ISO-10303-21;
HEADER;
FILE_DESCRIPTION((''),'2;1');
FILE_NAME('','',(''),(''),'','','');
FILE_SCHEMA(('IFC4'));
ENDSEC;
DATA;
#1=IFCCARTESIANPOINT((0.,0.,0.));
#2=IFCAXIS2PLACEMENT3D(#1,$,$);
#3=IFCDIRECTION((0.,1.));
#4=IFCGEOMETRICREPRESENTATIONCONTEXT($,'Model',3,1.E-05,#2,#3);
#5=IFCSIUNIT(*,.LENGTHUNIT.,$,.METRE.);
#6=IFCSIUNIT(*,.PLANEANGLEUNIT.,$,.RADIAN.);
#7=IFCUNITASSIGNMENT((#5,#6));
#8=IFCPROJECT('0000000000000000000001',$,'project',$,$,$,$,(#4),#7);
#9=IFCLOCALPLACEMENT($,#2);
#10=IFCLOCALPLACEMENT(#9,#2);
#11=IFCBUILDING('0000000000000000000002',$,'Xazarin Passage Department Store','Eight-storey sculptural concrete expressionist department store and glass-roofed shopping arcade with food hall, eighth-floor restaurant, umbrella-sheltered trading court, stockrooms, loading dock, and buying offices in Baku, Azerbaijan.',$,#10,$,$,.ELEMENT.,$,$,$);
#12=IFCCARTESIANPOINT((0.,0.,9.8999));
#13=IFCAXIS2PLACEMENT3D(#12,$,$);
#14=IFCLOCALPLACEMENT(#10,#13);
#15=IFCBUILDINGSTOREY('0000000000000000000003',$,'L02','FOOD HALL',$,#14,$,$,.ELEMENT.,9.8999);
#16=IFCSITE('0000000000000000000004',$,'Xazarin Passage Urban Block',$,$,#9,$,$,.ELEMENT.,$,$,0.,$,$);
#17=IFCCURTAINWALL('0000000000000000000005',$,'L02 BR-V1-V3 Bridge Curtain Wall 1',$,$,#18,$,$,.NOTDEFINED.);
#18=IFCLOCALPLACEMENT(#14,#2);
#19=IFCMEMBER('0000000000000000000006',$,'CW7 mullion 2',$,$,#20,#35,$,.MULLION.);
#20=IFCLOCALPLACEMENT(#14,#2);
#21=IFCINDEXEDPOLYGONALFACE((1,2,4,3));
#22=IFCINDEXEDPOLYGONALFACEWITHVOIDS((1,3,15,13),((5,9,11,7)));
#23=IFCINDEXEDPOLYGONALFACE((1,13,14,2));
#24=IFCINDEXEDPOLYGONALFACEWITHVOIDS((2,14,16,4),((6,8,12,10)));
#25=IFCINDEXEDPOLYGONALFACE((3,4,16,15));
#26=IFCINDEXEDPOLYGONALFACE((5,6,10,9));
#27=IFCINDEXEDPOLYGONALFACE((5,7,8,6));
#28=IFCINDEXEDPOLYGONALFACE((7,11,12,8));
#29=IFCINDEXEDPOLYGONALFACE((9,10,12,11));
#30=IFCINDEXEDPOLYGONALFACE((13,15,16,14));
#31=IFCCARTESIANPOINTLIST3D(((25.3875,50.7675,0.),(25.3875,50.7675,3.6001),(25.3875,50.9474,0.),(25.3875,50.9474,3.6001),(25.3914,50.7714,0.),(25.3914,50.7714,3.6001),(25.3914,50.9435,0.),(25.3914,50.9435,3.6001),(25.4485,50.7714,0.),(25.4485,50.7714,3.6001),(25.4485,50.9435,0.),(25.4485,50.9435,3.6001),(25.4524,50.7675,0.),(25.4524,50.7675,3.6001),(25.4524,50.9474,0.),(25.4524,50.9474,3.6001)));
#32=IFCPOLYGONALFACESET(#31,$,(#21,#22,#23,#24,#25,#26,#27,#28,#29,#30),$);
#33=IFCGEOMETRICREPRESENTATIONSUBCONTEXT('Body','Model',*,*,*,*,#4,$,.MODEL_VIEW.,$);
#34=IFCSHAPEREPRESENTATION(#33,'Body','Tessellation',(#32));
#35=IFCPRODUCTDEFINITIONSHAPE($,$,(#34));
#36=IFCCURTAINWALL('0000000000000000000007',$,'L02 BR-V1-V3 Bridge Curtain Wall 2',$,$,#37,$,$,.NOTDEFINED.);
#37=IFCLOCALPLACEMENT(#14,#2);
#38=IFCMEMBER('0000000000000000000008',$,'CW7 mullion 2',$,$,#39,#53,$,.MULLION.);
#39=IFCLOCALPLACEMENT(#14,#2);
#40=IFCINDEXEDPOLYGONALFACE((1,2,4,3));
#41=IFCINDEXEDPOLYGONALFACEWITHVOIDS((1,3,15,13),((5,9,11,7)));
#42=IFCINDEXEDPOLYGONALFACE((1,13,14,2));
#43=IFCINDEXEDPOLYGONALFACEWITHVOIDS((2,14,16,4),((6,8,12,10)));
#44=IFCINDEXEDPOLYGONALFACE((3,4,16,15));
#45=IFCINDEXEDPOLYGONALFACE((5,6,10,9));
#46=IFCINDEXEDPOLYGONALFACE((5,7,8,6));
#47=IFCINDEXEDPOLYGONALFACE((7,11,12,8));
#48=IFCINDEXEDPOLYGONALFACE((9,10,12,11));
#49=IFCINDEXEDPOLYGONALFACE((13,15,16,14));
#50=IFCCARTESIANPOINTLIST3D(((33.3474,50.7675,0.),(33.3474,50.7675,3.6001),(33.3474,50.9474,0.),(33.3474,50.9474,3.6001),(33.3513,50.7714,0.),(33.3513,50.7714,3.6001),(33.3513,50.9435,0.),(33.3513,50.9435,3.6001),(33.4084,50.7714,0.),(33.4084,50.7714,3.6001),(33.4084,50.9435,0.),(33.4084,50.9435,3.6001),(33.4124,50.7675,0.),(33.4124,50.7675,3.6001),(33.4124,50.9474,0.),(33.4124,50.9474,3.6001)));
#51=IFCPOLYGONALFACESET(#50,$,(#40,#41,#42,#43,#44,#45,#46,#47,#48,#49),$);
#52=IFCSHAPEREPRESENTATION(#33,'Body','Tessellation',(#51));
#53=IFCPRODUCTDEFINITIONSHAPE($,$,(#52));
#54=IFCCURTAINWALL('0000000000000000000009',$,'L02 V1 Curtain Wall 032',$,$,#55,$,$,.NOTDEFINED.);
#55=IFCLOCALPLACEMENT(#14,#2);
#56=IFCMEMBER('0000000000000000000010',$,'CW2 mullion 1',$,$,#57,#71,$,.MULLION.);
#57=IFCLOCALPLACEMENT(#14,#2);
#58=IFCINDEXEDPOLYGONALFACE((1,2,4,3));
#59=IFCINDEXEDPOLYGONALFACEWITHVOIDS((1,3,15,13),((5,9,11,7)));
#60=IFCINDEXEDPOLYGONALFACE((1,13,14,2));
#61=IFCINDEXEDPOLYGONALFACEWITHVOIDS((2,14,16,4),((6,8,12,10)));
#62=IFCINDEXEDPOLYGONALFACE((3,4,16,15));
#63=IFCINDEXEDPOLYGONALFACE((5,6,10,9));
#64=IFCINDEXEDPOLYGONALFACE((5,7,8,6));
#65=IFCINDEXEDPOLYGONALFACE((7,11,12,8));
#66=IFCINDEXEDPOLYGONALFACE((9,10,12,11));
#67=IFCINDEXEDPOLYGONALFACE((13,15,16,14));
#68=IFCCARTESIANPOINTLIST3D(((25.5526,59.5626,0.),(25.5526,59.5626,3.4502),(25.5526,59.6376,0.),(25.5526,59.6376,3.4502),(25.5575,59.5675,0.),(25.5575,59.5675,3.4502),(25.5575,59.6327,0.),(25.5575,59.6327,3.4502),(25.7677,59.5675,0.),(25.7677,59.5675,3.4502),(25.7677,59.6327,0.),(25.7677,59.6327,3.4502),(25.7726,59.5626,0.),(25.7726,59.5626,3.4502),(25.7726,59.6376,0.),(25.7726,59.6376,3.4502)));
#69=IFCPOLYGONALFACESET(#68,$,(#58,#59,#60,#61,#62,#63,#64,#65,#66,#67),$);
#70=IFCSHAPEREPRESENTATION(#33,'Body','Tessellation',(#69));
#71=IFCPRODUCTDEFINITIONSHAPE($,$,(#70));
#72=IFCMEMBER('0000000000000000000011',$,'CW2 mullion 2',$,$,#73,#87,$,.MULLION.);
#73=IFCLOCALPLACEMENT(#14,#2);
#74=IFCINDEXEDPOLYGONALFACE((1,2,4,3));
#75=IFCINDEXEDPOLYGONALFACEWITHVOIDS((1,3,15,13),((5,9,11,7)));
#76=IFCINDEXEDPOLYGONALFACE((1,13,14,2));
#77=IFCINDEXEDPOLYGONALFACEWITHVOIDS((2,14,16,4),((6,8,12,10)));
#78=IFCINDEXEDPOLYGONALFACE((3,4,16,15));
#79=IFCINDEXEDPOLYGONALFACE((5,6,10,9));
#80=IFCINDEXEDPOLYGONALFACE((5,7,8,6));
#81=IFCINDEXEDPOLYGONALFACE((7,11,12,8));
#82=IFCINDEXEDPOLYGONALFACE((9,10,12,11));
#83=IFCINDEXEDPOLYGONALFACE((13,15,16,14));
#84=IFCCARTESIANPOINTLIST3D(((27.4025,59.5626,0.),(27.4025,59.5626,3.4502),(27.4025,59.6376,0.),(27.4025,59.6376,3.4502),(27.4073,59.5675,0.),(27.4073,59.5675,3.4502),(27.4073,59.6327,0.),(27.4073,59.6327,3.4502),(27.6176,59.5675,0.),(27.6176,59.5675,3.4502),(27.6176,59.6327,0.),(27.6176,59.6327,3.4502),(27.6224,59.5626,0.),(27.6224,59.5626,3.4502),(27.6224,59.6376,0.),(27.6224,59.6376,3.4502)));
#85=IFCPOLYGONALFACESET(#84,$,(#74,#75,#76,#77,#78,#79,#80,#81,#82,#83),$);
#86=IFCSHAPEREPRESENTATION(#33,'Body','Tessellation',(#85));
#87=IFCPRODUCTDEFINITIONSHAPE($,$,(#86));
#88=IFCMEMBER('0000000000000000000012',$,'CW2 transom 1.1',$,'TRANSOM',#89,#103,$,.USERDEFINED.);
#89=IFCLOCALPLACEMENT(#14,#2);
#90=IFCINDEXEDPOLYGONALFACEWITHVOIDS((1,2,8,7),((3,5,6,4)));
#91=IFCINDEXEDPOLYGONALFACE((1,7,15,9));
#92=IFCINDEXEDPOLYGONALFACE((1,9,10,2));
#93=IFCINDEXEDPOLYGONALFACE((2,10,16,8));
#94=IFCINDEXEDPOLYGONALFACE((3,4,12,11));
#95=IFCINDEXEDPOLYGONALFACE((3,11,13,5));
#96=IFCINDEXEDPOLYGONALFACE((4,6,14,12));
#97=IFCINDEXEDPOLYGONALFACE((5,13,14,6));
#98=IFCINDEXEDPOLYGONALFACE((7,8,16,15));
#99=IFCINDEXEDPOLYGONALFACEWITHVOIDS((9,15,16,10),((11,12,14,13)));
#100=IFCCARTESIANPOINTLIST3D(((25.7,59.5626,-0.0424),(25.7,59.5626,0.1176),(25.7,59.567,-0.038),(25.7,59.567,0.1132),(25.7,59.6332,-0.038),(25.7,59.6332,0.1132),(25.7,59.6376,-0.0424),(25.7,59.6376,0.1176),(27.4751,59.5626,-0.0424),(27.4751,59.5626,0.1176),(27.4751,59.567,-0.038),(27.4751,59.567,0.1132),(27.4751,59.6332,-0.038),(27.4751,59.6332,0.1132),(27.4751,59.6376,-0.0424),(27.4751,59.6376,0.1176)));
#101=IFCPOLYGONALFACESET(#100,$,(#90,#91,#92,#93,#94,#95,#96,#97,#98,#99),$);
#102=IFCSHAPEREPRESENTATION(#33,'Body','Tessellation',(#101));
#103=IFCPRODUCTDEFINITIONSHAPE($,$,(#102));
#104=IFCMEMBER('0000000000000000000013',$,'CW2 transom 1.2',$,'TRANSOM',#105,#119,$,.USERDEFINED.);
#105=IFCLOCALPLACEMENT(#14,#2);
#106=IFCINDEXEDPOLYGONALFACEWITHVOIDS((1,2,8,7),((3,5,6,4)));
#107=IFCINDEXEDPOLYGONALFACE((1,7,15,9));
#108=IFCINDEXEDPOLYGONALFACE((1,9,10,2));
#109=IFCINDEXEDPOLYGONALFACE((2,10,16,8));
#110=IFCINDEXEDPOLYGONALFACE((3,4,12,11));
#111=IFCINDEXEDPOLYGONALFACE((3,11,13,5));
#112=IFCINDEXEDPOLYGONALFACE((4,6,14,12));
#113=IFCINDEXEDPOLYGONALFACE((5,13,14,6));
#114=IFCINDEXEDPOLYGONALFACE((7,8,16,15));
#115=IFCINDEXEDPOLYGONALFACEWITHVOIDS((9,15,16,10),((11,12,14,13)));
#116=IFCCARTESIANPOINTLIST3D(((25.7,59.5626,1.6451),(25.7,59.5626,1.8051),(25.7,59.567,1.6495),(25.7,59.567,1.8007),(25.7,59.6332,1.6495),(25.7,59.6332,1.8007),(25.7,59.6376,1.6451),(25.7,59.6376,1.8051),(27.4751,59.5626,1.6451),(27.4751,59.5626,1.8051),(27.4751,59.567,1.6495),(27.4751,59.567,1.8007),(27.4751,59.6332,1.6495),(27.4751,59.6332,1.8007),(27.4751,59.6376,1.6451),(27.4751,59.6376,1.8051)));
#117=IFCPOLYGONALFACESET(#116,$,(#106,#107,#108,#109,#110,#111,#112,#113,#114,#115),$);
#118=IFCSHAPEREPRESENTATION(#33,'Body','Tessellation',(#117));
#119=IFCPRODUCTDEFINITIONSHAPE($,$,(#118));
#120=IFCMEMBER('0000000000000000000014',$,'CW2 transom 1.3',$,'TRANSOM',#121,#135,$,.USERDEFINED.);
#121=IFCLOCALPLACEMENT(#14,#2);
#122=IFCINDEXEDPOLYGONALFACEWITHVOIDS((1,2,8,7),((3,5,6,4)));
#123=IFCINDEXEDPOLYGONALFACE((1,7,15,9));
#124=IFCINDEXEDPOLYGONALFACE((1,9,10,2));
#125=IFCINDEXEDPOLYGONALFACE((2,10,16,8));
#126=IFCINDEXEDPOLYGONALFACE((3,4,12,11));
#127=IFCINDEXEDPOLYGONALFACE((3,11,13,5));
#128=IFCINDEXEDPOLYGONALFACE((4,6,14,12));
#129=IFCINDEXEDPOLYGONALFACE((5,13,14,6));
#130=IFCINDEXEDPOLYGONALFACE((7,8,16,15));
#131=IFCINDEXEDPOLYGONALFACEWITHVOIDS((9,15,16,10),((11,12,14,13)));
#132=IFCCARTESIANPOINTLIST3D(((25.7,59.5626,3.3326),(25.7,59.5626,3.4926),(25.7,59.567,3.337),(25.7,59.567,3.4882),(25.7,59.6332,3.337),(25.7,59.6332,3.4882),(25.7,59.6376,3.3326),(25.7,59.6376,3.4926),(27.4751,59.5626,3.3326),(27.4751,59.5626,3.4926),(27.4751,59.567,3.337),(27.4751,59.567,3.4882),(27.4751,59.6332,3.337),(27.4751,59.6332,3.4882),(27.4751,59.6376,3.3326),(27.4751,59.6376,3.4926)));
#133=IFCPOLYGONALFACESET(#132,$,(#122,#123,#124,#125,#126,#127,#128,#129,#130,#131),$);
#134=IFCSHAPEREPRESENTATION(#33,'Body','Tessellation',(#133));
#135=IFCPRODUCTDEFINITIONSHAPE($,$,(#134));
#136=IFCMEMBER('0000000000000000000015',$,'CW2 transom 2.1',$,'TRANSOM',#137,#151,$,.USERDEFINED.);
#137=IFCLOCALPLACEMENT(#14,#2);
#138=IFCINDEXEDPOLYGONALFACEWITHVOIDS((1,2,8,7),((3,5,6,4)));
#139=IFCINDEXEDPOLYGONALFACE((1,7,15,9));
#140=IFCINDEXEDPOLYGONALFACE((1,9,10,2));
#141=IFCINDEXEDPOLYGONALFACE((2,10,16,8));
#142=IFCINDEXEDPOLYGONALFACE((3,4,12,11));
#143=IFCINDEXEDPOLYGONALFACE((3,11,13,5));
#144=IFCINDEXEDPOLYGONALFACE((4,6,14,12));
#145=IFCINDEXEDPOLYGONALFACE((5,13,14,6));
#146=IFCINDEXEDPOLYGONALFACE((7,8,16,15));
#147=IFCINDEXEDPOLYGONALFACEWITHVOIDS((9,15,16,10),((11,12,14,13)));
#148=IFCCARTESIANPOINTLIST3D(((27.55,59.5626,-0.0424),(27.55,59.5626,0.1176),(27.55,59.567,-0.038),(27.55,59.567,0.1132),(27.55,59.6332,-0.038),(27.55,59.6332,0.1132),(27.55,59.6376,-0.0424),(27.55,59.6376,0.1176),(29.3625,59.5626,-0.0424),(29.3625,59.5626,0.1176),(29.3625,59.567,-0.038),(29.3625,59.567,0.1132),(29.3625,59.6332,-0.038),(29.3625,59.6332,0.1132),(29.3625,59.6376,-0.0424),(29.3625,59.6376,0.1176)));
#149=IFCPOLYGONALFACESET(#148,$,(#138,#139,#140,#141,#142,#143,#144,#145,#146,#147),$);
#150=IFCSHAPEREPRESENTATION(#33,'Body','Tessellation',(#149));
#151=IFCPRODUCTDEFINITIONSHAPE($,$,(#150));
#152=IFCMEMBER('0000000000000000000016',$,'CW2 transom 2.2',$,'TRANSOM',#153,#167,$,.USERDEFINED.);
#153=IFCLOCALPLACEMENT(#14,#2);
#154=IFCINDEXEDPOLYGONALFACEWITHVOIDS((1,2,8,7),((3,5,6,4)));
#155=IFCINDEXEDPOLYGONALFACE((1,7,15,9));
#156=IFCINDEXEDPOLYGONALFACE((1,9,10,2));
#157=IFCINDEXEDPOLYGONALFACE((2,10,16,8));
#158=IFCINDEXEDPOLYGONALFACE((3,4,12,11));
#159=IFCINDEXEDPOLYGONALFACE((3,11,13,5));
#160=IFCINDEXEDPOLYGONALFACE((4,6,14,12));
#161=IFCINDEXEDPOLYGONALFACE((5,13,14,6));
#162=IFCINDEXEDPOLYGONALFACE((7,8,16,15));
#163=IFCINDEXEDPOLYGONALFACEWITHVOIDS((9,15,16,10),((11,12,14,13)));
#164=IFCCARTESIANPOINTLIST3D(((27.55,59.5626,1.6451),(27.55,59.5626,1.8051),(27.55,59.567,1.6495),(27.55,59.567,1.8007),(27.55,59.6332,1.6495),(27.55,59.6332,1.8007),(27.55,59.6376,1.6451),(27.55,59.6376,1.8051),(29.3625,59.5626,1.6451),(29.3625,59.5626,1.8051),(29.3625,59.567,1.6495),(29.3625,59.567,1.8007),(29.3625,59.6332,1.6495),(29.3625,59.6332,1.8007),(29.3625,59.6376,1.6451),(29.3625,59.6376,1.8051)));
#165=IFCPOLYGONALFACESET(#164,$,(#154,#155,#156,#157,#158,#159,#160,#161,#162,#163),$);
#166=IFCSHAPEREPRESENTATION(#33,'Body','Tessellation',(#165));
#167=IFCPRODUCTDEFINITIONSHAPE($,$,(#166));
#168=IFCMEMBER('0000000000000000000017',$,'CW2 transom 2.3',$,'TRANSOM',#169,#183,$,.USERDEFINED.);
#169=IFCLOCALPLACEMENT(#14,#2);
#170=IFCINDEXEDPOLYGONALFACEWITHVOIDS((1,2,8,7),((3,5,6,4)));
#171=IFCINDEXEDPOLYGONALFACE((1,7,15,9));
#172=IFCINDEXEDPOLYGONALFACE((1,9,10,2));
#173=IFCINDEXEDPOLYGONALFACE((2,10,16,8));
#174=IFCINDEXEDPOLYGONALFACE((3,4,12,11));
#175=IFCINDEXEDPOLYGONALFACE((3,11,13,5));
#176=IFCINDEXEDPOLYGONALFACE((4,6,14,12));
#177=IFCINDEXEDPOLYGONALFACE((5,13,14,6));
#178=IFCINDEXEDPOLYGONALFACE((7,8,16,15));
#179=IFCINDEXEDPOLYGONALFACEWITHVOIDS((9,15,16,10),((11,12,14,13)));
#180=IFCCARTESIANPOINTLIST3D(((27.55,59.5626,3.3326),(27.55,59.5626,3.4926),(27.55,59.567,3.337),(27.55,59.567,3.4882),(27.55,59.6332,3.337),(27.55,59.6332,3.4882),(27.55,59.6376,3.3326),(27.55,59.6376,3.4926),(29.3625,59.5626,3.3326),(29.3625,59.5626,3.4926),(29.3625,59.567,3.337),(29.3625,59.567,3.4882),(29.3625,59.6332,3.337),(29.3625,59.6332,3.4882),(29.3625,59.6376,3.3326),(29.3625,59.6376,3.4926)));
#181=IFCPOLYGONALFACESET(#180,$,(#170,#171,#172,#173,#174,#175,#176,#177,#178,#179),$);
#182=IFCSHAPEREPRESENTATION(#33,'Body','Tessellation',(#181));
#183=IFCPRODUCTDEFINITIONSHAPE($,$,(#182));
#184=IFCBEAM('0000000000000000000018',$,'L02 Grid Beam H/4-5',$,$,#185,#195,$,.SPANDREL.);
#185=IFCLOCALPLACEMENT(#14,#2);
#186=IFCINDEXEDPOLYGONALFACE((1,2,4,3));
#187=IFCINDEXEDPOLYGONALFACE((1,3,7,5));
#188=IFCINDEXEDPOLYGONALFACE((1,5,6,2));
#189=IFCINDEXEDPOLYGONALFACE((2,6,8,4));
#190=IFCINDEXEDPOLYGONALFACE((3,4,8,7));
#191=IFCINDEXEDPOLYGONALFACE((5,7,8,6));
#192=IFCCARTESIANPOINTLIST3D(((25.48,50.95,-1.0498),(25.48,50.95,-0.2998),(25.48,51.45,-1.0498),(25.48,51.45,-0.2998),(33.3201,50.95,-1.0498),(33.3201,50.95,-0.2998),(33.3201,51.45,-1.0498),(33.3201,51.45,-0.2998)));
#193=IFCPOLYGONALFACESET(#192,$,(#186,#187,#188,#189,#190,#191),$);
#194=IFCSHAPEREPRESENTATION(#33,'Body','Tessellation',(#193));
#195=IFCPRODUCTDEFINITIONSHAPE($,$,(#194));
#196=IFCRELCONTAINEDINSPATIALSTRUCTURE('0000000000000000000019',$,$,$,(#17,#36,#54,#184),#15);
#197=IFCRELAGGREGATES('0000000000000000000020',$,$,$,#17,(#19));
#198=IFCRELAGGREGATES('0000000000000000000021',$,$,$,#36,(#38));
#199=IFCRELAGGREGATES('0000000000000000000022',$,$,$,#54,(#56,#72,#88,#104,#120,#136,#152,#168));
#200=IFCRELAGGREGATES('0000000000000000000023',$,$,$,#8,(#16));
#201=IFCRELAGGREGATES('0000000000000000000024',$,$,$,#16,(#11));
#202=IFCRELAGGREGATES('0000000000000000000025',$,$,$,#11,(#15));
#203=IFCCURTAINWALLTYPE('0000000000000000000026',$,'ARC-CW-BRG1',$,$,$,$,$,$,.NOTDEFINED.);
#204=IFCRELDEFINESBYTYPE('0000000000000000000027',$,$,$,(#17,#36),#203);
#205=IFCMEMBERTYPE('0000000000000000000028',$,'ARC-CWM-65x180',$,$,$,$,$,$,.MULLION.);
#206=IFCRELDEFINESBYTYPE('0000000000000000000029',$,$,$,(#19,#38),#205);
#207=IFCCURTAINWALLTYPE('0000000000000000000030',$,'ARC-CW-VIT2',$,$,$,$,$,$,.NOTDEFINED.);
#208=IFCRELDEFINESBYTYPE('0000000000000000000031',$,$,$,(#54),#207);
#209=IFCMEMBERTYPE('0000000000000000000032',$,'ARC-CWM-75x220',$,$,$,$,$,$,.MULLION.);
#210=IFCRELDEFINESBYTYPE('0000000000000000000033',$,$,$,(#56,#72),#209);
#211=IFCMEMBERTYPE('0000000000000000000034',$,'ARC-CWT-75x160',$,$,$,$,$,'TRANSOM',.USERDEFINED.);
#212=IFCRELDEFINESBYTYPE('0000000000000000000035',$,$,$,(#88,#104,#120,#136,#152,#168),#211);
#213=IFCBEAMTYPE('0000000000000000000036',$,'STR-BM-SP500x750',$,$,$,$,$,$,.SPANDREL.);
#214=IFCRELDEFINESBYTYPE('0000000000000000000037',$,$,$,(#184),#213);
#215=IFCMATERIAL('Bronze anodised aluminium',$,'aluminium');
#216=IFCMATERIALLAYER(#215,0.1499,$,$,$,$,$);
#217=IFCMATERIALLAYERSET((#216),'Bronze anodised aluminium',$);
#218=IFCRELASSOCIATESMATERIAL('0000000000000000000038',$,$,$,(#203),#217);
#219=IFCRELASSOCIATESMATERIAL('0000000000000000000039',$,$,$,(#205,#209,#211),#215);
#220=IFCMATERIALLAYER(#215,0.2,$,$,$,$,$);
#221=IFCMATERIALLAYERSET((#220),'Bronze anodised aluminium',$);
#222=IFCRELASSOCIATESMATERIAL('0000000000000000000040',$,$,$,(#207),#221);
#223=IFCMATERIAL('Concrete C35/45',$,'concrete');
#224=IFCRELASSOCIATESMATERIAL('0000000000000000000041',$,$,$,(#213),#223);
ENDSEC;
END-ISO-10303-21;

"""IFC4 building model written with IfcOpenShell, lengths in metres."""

from ifc_helpers import new_model, si_unit, direction, frame, origin, origin_2d, place, context, subcontext, project, spatial, rectangle, hollow_rectangle, extrude, material, layer, layer_set, material_profile, profile_set, type_object, element, aggregate, save


model = new_model("IFC4")

# Units and contexts
model_context = context("Model", 3, precision=1e-05, world=origin(), true_north=direction((0.0, 1.0)))
body_context = subcontext(model_context, "Body", "Model", "MODEL_VIEW")
ifc_project = project(units=[si_unit("LENGTHUNIT", "METRE"), si_unit("PLANEANGLEUNIT", "RADIAN")], contexts=[model_context])

# Site, building, storey
site_placement = place(None, origin())
site = spatial("IfcSite", under=ifc_project, at=site_placement, Name="Xazarin Passage Urban Block", CompositionType="ELEMENT", RefElevation=0.0)
building_placement = place(site_placement, origin())
building = spatial("IfcBuilding", under=site, at=building_placement, Name="Xazarin Passage Department Store", Description="Eight-storey sculptural concrete expressionist department store and glass-roofed shopping arcade with food hall, eighth-floor restaurant, umbrella-sheltered trading court, stockrooms, loading dock, and buying offices in Baku, Azerbaijan.", CompositionType="ELEMENT")
storey_placement = place(building_placement, frame((0.0, 0.0, 9.8999)))
storey = spatial("IfcBuildingStorey", under=building, at=storey_placement, Name="L02", Description="FOOD HALL", CompositionType="ELEMENT", Elevation=9.8999)

# Curtain walls, members
ifc_material_1 = material(Name="Bronze anodised aluminium", Category="aluminium")
ifc_layer_1 = layer(ifc_material_1, 0.1499)
ifc_layer_set_1 = layer_set([ifc_layer_1], Name="Bronze anodised aluminium")
curtain_wall_type_1 = type_object("IfcCurtainWallType", Name="ARC-CW-BRG1", PredefinedType="NOTDEFINED", material=ifc_layer_set_1)
curtain_wall_1_placement = place(storey_placement, origin())
curtain_wall_1 = element("IfcCurtainWall", 1, at=curtain_wall_1_placement, inside=storey, type_object=curtain_wall_type_1, Name="L02 BR-V1-V3 Bridge Curtain Wall 1", PredefinedType="NOTDEFINED")
ifc_material_profile_1 = material_profile(ifc_material_1, hollow_rectangle(XDim=0.0649, YDim=0.1799, WallThickness=0.0039, at=origin_2d()), Name="ALU 65x180")
ifc_profile_set_1 = profile_set([ifc_material_profile_1], Name="Bronze anodised aluminium")
member_type_1 = type_object("IfcMemberType", Name="ARC-CWM-65x180", PredefinedType="MULLION", material=ifc_profile_set_1)
member_1_placement = place(storey_placement, frame((25.4199, 50.8574, 0.0), z_axis=(0.0, 0.0, 1.0), x_axis=(-1.0, 0.0, 0.0)))
member_1 = element("IfcMember", 2, at=member_1_placement, type_object=member_type_1, Name="CW7 mullion 2", PredefinedType="MULLION", context=body_context, shape_type="SweptSolid", body=[
    extrude(hollow_rectangle(XDim=0.0649, YDim=0.1799, WallThickness=0.0039, at=origin_2d()), origin(), (0.0, 0.0, 1.0), 3.6001),
])
aggregate(curtain_wall_1, [member_1])
curtain_wall_2_placement = place(storey_placement, origin())
curtain_wall_2 = element("IfcCurtainWall", 3, at=curtain_wall_2_placement, inside=storey, type_object=curtain_wall_type_1, Name="L02 BR-V1-V3 Bridge Curtain Wall 2", PredefinedType="NOTDEFINED")
member_2_placement = place(storey_placement, frame((33.3799, 50.8574, 0.0), z_axis=(0.0, 0.0, 1.0), x_axis=(-1.0, 0.0, 0.0)))
member_2 = element("IfcMember", 4, at=member_2_placement, type_object=member_type_1, Name="CW7 mullion 2", PredefinedType="MULLION", context=body_context, shape_type="SweptSolid", body=[
    extrude(hollow_rectangle(XDim=0.0649, YDim=0.1799, WallThickness=0.0039, at=origin_2d()), origin(), (0.0, 0.0, 1.0), 3.6001),
])
aggregate(curtain_wall_2, [member_2])

# Curtain wall, members
ifc_layer_2 = layer(ifc_material_1, 0.2)
ifc_layer_set_2 = layer_set([ifc_layer_2], Name="Bronze anodised aluminium")
curtain_wall_type_2 = type_object("IfcCurtainWallType", Name="ARC-CW-VIT2", PredefinedType="NOTDEFINED", material=ifc_layer_set_2)
curtain_wall_3_placement = place(storey_placement, origin())
curtain_wall_3 = element("IfcCurtainWall", 5, at=curtain_wall_3_placement, inside=storey, type_object=curtain_wall_type_2, Name="L02 V1 Curtain Wall 032", PredefinedType="NOTDEFINED")
ifc_material_profile_2 = material_profile(ifc_material_1, hollow_rectangle(XDim=0.075, YDim=0.22, WallThickness=0.0049, at=origin_2d()), Name="ALU 75x220")
ifc_profile_set_2 = profile_set([ifc_material_profile_2], Name="Bronze anodised aluminium")
member_type_2 = type_object("IfcMemberType", Name="ARC-CWM-75x220", PredefinedType="MULLION", material=ifc_profile_set_2)
member_3_placement = place(storey_placement, frame((25.6626, 59.6001, 0.0), z_axis=(0.0, 0.0, 1.0), x_axis=(0.0, 1.0, 0.0)))
member_3 = element("IfcMember", 6, at=member_3_placement, type_object=member_type_2, Name="CW2 mullion 1", PredefinedType="MULLION", context=body_context, shape_type="SweptSolid", body=[
    extrude(hollow_rectangle(XDim=0.075, YDim=0.22, WallThickness=0.0049, at=origin_2d()), origin(), (0.0, 0.0, 1.0), 3.4502),
])
member_4_placement = place(storey_placement, frame((27.5125, 59.6001, 0.0), z_axis=(0.0, 0.0, 1.0), x_axis=(0.0, 1.0, 0.0)))
member_4 = element("IfcMember", 7, at=member_4_placement, type_object=member_type_2, Name="CW2 mullion 2", PredefinedType="MULLION", context=body_context, shape_type="SweptSolid", body=[
    extrude(hollow_rectangle(XDim=0.075, YDim=0.22, WallThickness=0.0049, at=origin_2d()), origin(), (0.0, 0.0, 1.0), 3.4502),
])
ifc_material_profile_3 = material_profile(ifc_material_1, hollow_rectangle(XDim=0.075, YDim=0.1599, WallThickness=0.0044, at=origin_2d()), Name="ALU 75x160")
ifc_profile_set_3 = profile_set([ifc_material_profile_3], Name="Bronze anodised aluminium")
member_type_3 = type_object("IfcMemberType", Name="ARC-CWT-75x160", ElementType="TRANSOM", PredefinedType="USERDEFINED", material=ifc_profile_set_3)
member_5_placement = place(storey_placement, frame((25.7, 59.6001, 0.0376), z_axis=(1.0, 0.0, 0.0), x_axis=(0.0, 1.0, 0.0)))
member_5 = element("IfcMember", 8, at=member_5_placement, type_object=member_type_3, Name="CW2 transom 1.1", ObjectType="TRANSOM", PredefinedType="USERDEFINED", context=body_context, shape_type="SweptSolid", body=[
    extrude(hollow_rectangle(XDim=0.075, YDim=0.1599, WallThickness=0.0044, at=origin_2d()), origin(), (0.0, 0.0, 1.0), 1.7751),
])
member_6_placement = place(storey_placement, frame((25.7, 59.6001, 1.7251), z_axis=(1.0, 0.0, 0.0), x_axis=(0.0, 1.0, 0.0)))
member_6 = element("IfcMember", 9, at=member_6_placement, type_object=member_type_3, Name="CW2 transom 1.2", ObjectType="TRANSOM", PredefinedType="USERDEFINED", context=body_context, shape_type="SweptSolid", body=[
    extrude(hollow_rectangle(XDim=0.075, YDim=0.1599, WallThickness=0.0044, at=origin_2d()), origin(), (0.0, 0.0, 1.0), 1.7751),
])
member_7_placement = place(storey_placement, frame((25.7, 59.6001, 3.4126), z_axis=(1.0, 0.0, 0.0), x_axis=(0.0, 1.0, 0.0)))
member_7 = element("IfcMember", 10, at=member_7_placement, type_object=member_type_3, Name="CW2 transom 1.3", ObjectType="TRANSOM", PredefinedType="USERDEFINED", context=body_context, shape_type="SweptSolid", body=[
    extrude(hollow_rectangle(XDim=0.075, YDim=0.1599, WallThickness=0.0044, at=origin_2d()), origin(), (0.0, 0.0, 1.0), 1.7751),
])
member_8_placement = place(storey_placement, frame((27.55, 59.6001, 0.0376), z_axis=(1.0, 0.0, 0.0), x_axis=(0.0, 1.0, 0.0)))
member_8 = element("IfcMember", 11, at=member_8_placement, type_object=member_type_3, Name="CW2 transom 2.1", ObjectType="TRANSOM", PredefinedType="USERDEFINED", context=body_context, shape_type="SweptSolid", body=[
    extrude(hollow_rectangle(XDim=0.075, YDim=0.1599, WallThickness=0.0044, at=origin_2d()), origin(), (0.0, 0.0, 1.0), 1.8125),
])
member_9_placement = place(storey_placement, frame((27.55, 59.6001, 1.7251), z_axis=(1.0, 0.0, 0.0), x_axis=(0.0, 1.0, 0.0)))
member_9 = element("IfcMember", 12, at=member_9_placement, type_object=member_type_3, Name="CW2 transom 2.2", ObjectType="TRANSOM", PredefinedType="USERDEFINED", context=body_context, shape_type="SweptSolid", body=[
    extrude(hollow_rectangle(XDim=0.075, YDim=0.1599, WallThickness=0.0044, at=origin_2d()), origin(), (0.0, 0.0, 1.0), 1.8125),
])
member_10_placement = place(storey_placement, frame((27.55, 59.6001, 3.4126), z_axis=(1.0, 0.0, 0.0), x_axis=(0.0, 1.0, 0.0)))
member_10 = element("IfcMember", 13, at=member_10_placement, type_object=member_type_3, Name="CW2 transom 2.3", ObjectType="TRANSOM", PredefinedType="USERDEFINED", context=body_context, shape_type="SweptSolid", body=[
    extrude(hollow_rectangle(XDim=0.075, YDim=0.1599, WallThickness=0.0044, at=origin_2d()), origin(), (0.0, 0.0, 1.0), 1.8125),
])

# Beam
ifc_material_2 = material(Name="Concrete C35/45", Category="concrete")
ifc_material_profile_4 = material_profile(ifc_material_2, rectangle(XDim=0.5, YDim=0.75, at=origin_2d()), Name="RC 500x750")
ifc_profile_set_4 = profile_set([ifc_material_profile_4], Name="Concrete C35/45")
beam_type = type_object("IfcBeamType", Name="STR-BM-SP500x750", PredefinedType="SPANDREL", material=ifc_profile_set_4)
for number, where, z_axis, x_axis, name in (
    (14, (25.48, 51.2, -0.6748), (1.0, 0.0, 0.0), (0.0, 1.0, 0.0), "L02 Grid Beam H/4-5"),
):
    element("IfcBeam", number, at=place(storey_placement, frame(where, z_axis=z_axis, x_axis=x_axis)), inside=storey, type_object=beam_type, Name=name, PredefinedType="SPANDREL", context=body_context, shape_type="SweptSolid", body=[
        extrude(rectangle(XDim=0.5, YDim=0.75, at=origin_2d()), origin(), (0.0, 0.0, 1.0), 7.8401),
    ])

aggregate(curtain_wall_3, [member_3, member_4, member_5, member_6, member_7, member_8, member_9, member_10])

save(model, "model.ifc")
